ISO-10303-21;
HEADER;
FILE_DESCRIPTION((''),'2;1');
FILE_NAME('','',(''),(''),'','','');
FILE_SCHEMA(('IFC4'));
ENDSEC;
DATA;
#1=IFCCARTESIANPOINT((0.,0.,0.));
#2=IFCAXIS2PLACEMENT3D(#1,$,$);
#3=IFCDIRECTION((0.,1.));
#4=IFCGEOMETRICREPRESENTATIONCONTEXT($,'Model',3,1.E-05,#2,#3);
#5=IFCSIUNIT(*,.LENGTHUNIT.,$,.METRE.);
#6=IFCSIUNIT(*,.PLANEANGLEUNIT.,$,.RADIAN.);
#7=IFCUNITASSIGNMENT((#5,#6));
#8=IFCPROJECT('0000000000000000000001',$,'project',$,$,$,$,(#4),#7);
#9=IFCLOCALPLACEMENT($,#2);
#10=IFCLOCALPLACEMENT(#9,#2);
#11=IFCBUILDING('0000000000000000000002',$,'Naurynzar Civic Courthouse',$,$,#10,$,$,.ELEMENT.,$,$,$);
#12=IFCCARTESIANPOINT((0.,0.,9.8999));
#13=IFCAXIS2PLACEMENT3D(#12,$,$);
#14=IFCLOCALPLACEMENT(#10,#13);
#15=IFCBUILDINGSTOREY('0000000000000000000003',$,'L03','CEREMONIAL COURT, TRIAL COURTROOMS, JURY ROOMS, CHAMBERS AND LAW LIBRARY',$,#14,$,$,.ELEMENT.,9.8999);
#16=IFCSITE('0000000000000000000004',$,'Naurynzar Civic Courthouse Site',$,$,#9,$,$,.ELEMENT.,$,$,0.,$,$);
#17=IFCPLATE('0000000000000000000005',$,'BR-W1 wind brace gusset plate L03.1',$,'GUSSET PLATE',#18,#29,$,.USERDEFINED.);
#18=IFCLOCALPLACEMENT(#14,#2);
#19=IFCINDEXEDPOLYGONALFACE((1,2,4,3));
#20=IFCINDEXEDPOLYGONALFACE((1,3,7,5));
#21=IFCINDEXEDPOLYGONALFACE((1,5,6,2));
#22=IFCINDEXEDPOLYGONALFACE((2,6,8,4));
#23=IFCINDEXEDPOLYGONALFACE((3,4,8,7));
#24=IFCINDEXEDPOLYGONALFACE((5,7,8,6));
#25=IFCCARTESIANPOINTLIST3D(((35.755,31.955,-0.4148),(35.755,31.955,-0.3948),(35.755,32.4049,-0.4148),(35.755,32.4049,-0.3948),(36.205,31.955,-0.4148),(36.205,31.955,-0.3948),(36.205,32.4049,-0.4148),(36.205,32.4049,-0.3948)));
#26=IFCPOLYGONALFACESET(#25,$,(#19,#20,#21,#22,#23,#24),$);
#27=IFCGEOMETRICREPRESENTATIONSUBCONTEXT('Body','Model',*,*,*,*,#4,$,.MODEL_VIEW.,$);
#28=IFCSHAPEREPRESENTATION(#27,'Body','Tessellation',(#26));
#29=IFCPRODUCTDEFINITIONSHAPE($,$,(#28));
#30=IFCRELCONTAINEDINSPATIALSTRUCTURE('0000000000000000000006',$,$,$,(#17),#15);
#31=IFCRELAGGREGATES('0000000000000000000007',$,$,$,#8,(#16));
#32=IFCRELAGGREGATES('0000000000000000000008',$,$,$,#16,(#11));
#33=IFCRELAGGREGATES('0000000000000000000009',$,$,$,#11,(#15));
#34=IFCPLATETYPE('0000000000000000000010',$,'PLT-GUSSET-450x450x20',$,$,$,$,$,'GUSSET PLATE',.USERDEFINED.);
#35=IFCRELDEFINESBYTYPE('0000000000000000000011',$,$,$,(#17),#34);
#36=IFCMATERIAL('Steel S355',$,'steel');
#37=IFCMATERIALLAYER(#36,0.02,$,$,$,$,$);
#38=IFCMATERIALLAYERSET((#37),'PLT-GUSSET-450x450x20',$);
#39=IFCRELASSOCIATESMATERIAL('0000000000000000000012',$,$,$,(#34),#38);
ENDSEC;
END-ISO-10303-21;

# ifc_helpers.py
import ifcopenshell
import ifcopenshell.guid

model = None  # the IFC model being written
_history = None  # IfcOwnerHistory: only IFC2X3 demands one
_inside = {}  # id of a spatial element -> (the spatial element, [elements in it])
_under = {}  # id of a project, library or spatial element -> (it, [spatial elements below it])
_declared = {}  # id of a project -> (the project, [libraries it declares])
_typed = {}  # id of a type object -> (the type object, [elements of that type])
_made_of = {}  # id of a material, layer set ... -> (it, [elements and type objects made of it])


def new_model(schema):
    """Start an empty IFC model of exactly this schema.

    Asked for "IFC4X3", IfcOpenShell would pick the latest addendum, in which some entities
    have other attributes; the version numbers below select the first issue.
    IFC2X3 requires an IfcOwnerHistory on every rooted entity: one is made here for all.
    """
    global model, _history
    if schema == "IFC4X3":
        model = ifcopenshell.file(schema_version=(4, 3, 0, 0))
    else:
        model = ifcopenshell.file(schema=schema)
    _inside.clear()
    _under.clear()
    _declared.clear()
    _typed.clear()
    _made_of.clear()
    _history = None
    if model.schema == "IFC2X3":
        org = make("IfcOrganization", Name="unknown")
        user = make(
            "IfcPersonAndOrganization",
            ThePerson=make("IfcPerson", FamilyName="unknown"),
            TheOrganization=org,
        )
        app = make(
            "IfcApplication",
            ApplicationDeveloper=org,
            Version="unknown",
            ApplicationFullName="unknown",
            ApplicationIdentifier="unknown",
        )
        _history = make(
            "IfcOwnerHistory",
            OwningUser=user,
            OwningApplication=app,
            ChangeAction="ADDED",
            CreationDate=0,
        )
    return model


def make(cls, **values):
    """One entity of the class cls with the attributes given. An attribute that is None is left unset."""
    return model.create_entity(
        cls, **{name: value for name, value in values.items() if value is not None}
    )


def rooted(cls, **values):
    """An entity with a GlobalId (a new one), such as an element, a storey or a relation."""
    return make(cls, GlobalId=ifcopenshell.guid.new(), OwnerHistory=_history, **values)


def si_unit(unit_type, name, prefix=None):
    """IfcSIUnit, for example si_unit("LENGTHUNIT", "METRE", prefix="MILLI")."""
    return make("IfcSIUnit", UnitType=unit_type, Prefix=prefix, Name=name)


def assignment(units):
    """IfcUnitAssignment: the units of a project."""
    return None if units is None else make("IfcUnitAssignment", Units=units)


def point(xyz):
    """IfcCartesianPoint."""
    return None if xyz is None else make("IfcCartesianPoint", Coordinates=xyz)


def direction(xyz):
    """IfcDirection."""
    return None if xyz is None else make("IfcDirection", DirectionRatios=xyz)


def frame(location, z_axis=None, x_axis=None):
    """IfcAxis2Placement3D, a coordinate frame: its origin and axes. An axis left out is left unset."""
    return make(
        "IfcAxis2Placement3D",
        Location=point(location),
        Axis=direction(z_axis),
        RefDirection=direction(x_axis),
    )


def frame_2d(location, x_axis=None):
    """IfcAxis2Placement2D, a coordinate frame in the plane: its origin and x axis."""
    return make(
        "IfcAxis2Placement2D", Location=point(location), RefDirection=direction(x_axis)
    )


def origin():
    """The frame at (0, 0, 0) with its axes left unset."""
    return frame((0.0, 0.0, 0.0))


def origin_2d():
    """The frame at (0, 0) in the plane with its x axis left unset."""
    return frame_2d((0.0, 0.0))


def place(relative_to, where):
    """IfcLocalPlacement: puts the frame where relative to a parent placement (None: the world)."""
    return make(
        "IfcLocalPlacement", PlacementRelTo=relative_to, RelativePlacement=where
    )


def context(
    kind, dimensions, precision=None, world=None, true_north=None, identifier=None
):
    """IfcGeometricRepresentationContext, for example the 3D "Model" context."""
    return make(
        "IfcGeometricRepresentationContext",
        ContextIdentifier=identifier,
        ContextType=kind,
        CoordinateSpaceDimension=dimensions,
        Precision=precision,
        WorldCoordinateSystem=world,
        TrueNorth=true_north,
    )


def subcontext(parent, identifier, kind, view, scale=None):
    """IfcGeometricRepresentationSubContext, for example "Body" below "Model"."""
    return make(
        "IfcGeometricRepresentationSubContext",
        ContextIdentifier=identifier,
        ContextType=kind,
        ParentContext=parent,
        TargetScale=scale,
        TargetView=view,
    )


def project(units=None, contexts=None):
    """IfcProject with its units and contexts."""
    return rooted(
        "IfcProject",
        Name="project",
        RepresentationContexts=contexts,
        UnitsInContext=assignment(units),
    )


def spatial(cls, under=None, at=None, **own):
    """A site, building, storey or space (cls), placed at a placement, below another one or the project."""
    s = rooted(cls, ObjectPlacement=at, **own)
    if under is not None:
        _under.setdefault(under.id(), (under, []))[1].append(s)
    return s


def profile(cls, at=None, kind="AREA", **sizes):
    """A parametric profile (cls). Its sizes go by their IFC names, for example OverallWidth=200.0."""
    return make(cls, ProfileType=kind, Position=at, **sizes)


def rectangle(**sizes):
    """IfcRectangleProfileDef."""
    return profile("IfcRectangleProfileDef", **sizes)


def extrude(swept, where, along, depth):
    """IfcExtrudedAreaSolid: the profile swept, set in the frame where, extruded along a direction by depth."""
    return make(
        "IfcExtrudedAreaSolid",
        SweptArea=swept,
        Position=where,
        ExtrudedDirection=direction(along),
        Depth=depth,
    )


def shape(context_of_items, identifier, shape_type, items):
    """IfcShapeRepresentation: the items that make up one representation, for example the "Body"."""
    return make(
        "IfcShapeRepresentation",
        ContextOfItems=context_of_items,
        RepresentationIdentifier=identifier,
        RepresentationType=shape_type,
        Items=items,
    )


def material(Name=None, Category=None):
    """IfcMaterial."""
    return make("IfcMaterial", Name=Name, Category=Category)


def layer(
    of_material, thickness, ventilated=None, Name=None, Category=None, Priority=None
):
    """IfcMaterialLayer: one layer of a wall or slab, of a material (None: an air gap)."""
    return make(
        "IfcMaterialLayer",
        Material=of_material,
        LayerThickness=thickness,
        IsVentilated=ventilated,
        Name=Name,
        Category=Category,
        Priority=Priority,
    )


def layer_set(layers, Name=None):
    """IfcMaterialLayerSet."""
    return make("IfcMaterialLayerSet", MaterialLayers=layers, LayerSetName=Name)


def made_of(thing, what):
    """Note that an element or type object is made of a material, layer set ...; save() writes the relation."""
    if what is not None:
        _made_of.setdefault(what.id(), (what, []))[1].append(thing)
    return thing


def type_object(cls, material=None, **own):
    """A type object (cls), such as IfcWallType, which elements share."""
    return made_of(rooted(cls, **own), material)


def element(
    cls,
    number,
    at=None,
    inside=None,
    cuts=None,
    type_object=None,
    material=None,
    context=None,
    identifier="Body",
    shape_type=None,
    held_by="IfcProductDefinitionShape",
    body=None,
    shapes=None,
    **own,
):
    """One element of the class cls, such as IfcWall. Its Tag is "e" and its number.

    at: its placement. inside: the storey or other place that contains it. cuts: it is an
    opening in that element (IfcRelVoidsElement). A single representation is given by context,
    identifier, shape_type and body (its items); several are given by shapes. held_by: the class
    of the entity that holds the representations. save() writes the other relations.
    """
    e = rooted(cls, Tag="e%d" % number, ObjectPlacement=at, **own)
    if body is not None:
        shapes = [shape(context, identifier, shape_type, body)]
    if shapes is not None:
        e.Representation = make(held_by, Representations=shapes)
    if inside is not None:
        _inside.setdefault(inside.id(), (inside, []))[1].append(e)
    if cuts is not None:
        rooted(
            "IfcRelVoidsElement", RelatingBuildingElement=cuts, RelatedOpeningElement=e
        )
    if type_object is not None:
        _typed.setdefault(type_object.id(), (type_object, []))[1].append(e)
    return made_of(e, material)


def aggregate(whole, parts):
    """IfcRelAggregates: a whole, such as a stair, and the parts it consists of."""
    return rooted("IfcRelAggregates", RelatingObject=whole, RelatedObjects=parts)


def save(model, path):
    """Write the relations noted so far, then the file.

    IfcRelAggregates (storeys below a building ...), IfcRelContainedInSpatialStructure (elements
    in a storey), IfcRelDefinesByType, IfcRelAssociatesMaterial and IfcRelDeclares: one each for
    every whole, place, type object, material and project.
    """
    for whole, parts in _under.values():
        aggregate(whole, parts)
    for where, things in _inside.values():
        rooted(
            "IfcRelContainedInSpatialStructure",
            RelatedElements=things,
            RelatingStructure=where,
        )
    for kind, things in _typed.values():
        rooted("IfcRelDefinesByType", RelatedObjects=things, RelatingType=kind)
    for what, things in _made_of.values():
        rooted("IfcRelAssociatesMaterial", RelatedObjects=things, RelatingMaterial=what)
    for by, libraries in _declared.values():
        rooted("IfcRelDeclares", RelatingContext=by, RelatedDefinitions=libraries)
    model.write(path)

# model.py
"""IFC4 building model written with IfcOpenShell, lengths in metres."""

from ifc_helpers import new_model, si_unit, direction, frame, origin, origin_2d, place, context, subcontext, project, spatial, rectangle, extrude, material, layer, layer_set, type_object, element, save


model = new_model("IFC4")

# Units and contexts
model_context = context("Model", 3, precision=1e-05, world=origin(), true_north=direction((0.0, 1.0)))
body_context = subcontext(model_context, "Body", "Model", "MODEL_VIEW")
ifc_project = project(units=[si_unit("LENGTHUNIT", "METRE"), si_unit("PLANEANGLEUNIT", "RADIAN")], contexts=[model_context])

# Site, building, storey
site_placement = place(None, origin())
site = spatial("IfcSite", under=ifc_project, at=site_placement, Name="Naurynzar Civic Courthouse Site", CompositionType="ELEMENT", RefElevation=0.0)
building_placement = place(site_placement, origin())
building = spatial("IfcBuilding", under=site, at=building_placement, Name="Naurynzar Civic Courthouse", CompositionType="ELEMENT")
storey_placement = place(building_placement, frame((0.0, 0.0, 9.8999)))
storey = spatial("IfcBuildingStorey", under=building, at=storey_placement, Name="L03", Description="CEREMONIAL COURT, TRIAL COURTROOMS, JURY ROOMS, CHAMBERS AND LAW LIBRARY", CompositionType="ELEMENT", Elevation=9.8999)

# Plate
ifc_material_1 = material(Name="Steel S355", Category="steel")
ifc_layer_1 = layer(ifc_material_1, 0.02)
ifc_layer_set_1 = layer_set([ifc_layer_1], Name="PLT-GUSSET-450x450x20")
plate_type_1 = type_object("IfcPlateType", Name="PLT-GUSSET-450x450x20", ElementType="GUSSET PLATE", PredefinedType="USERDEFINED", material=ifc_layer_set_1)
plate_1_placement = place(storey_placement, frame((35.98, 32.1799, -0.4148), z_axis=(0.0, 0.0, 1.0), x_axis=(1.0, 0.0, 0.0)))
element("IfcPlate", 1, at=plate_1_placement, inside=storey, type_object=plate_type_1, Name="BR-W1 wind brace gusset plate L03.1", ObjectType="GUSSET PLATE", PredefinedType="USERDEFINED", context=body_context, shape_type="SweptSolid", body=[
    extrude(rectangle(XDim=0.45, YDim=0.45, at=origin_2d()), origin(), (0.0, 0.0, 1.0), 0.02),
])

save(model, "model.ifc")
